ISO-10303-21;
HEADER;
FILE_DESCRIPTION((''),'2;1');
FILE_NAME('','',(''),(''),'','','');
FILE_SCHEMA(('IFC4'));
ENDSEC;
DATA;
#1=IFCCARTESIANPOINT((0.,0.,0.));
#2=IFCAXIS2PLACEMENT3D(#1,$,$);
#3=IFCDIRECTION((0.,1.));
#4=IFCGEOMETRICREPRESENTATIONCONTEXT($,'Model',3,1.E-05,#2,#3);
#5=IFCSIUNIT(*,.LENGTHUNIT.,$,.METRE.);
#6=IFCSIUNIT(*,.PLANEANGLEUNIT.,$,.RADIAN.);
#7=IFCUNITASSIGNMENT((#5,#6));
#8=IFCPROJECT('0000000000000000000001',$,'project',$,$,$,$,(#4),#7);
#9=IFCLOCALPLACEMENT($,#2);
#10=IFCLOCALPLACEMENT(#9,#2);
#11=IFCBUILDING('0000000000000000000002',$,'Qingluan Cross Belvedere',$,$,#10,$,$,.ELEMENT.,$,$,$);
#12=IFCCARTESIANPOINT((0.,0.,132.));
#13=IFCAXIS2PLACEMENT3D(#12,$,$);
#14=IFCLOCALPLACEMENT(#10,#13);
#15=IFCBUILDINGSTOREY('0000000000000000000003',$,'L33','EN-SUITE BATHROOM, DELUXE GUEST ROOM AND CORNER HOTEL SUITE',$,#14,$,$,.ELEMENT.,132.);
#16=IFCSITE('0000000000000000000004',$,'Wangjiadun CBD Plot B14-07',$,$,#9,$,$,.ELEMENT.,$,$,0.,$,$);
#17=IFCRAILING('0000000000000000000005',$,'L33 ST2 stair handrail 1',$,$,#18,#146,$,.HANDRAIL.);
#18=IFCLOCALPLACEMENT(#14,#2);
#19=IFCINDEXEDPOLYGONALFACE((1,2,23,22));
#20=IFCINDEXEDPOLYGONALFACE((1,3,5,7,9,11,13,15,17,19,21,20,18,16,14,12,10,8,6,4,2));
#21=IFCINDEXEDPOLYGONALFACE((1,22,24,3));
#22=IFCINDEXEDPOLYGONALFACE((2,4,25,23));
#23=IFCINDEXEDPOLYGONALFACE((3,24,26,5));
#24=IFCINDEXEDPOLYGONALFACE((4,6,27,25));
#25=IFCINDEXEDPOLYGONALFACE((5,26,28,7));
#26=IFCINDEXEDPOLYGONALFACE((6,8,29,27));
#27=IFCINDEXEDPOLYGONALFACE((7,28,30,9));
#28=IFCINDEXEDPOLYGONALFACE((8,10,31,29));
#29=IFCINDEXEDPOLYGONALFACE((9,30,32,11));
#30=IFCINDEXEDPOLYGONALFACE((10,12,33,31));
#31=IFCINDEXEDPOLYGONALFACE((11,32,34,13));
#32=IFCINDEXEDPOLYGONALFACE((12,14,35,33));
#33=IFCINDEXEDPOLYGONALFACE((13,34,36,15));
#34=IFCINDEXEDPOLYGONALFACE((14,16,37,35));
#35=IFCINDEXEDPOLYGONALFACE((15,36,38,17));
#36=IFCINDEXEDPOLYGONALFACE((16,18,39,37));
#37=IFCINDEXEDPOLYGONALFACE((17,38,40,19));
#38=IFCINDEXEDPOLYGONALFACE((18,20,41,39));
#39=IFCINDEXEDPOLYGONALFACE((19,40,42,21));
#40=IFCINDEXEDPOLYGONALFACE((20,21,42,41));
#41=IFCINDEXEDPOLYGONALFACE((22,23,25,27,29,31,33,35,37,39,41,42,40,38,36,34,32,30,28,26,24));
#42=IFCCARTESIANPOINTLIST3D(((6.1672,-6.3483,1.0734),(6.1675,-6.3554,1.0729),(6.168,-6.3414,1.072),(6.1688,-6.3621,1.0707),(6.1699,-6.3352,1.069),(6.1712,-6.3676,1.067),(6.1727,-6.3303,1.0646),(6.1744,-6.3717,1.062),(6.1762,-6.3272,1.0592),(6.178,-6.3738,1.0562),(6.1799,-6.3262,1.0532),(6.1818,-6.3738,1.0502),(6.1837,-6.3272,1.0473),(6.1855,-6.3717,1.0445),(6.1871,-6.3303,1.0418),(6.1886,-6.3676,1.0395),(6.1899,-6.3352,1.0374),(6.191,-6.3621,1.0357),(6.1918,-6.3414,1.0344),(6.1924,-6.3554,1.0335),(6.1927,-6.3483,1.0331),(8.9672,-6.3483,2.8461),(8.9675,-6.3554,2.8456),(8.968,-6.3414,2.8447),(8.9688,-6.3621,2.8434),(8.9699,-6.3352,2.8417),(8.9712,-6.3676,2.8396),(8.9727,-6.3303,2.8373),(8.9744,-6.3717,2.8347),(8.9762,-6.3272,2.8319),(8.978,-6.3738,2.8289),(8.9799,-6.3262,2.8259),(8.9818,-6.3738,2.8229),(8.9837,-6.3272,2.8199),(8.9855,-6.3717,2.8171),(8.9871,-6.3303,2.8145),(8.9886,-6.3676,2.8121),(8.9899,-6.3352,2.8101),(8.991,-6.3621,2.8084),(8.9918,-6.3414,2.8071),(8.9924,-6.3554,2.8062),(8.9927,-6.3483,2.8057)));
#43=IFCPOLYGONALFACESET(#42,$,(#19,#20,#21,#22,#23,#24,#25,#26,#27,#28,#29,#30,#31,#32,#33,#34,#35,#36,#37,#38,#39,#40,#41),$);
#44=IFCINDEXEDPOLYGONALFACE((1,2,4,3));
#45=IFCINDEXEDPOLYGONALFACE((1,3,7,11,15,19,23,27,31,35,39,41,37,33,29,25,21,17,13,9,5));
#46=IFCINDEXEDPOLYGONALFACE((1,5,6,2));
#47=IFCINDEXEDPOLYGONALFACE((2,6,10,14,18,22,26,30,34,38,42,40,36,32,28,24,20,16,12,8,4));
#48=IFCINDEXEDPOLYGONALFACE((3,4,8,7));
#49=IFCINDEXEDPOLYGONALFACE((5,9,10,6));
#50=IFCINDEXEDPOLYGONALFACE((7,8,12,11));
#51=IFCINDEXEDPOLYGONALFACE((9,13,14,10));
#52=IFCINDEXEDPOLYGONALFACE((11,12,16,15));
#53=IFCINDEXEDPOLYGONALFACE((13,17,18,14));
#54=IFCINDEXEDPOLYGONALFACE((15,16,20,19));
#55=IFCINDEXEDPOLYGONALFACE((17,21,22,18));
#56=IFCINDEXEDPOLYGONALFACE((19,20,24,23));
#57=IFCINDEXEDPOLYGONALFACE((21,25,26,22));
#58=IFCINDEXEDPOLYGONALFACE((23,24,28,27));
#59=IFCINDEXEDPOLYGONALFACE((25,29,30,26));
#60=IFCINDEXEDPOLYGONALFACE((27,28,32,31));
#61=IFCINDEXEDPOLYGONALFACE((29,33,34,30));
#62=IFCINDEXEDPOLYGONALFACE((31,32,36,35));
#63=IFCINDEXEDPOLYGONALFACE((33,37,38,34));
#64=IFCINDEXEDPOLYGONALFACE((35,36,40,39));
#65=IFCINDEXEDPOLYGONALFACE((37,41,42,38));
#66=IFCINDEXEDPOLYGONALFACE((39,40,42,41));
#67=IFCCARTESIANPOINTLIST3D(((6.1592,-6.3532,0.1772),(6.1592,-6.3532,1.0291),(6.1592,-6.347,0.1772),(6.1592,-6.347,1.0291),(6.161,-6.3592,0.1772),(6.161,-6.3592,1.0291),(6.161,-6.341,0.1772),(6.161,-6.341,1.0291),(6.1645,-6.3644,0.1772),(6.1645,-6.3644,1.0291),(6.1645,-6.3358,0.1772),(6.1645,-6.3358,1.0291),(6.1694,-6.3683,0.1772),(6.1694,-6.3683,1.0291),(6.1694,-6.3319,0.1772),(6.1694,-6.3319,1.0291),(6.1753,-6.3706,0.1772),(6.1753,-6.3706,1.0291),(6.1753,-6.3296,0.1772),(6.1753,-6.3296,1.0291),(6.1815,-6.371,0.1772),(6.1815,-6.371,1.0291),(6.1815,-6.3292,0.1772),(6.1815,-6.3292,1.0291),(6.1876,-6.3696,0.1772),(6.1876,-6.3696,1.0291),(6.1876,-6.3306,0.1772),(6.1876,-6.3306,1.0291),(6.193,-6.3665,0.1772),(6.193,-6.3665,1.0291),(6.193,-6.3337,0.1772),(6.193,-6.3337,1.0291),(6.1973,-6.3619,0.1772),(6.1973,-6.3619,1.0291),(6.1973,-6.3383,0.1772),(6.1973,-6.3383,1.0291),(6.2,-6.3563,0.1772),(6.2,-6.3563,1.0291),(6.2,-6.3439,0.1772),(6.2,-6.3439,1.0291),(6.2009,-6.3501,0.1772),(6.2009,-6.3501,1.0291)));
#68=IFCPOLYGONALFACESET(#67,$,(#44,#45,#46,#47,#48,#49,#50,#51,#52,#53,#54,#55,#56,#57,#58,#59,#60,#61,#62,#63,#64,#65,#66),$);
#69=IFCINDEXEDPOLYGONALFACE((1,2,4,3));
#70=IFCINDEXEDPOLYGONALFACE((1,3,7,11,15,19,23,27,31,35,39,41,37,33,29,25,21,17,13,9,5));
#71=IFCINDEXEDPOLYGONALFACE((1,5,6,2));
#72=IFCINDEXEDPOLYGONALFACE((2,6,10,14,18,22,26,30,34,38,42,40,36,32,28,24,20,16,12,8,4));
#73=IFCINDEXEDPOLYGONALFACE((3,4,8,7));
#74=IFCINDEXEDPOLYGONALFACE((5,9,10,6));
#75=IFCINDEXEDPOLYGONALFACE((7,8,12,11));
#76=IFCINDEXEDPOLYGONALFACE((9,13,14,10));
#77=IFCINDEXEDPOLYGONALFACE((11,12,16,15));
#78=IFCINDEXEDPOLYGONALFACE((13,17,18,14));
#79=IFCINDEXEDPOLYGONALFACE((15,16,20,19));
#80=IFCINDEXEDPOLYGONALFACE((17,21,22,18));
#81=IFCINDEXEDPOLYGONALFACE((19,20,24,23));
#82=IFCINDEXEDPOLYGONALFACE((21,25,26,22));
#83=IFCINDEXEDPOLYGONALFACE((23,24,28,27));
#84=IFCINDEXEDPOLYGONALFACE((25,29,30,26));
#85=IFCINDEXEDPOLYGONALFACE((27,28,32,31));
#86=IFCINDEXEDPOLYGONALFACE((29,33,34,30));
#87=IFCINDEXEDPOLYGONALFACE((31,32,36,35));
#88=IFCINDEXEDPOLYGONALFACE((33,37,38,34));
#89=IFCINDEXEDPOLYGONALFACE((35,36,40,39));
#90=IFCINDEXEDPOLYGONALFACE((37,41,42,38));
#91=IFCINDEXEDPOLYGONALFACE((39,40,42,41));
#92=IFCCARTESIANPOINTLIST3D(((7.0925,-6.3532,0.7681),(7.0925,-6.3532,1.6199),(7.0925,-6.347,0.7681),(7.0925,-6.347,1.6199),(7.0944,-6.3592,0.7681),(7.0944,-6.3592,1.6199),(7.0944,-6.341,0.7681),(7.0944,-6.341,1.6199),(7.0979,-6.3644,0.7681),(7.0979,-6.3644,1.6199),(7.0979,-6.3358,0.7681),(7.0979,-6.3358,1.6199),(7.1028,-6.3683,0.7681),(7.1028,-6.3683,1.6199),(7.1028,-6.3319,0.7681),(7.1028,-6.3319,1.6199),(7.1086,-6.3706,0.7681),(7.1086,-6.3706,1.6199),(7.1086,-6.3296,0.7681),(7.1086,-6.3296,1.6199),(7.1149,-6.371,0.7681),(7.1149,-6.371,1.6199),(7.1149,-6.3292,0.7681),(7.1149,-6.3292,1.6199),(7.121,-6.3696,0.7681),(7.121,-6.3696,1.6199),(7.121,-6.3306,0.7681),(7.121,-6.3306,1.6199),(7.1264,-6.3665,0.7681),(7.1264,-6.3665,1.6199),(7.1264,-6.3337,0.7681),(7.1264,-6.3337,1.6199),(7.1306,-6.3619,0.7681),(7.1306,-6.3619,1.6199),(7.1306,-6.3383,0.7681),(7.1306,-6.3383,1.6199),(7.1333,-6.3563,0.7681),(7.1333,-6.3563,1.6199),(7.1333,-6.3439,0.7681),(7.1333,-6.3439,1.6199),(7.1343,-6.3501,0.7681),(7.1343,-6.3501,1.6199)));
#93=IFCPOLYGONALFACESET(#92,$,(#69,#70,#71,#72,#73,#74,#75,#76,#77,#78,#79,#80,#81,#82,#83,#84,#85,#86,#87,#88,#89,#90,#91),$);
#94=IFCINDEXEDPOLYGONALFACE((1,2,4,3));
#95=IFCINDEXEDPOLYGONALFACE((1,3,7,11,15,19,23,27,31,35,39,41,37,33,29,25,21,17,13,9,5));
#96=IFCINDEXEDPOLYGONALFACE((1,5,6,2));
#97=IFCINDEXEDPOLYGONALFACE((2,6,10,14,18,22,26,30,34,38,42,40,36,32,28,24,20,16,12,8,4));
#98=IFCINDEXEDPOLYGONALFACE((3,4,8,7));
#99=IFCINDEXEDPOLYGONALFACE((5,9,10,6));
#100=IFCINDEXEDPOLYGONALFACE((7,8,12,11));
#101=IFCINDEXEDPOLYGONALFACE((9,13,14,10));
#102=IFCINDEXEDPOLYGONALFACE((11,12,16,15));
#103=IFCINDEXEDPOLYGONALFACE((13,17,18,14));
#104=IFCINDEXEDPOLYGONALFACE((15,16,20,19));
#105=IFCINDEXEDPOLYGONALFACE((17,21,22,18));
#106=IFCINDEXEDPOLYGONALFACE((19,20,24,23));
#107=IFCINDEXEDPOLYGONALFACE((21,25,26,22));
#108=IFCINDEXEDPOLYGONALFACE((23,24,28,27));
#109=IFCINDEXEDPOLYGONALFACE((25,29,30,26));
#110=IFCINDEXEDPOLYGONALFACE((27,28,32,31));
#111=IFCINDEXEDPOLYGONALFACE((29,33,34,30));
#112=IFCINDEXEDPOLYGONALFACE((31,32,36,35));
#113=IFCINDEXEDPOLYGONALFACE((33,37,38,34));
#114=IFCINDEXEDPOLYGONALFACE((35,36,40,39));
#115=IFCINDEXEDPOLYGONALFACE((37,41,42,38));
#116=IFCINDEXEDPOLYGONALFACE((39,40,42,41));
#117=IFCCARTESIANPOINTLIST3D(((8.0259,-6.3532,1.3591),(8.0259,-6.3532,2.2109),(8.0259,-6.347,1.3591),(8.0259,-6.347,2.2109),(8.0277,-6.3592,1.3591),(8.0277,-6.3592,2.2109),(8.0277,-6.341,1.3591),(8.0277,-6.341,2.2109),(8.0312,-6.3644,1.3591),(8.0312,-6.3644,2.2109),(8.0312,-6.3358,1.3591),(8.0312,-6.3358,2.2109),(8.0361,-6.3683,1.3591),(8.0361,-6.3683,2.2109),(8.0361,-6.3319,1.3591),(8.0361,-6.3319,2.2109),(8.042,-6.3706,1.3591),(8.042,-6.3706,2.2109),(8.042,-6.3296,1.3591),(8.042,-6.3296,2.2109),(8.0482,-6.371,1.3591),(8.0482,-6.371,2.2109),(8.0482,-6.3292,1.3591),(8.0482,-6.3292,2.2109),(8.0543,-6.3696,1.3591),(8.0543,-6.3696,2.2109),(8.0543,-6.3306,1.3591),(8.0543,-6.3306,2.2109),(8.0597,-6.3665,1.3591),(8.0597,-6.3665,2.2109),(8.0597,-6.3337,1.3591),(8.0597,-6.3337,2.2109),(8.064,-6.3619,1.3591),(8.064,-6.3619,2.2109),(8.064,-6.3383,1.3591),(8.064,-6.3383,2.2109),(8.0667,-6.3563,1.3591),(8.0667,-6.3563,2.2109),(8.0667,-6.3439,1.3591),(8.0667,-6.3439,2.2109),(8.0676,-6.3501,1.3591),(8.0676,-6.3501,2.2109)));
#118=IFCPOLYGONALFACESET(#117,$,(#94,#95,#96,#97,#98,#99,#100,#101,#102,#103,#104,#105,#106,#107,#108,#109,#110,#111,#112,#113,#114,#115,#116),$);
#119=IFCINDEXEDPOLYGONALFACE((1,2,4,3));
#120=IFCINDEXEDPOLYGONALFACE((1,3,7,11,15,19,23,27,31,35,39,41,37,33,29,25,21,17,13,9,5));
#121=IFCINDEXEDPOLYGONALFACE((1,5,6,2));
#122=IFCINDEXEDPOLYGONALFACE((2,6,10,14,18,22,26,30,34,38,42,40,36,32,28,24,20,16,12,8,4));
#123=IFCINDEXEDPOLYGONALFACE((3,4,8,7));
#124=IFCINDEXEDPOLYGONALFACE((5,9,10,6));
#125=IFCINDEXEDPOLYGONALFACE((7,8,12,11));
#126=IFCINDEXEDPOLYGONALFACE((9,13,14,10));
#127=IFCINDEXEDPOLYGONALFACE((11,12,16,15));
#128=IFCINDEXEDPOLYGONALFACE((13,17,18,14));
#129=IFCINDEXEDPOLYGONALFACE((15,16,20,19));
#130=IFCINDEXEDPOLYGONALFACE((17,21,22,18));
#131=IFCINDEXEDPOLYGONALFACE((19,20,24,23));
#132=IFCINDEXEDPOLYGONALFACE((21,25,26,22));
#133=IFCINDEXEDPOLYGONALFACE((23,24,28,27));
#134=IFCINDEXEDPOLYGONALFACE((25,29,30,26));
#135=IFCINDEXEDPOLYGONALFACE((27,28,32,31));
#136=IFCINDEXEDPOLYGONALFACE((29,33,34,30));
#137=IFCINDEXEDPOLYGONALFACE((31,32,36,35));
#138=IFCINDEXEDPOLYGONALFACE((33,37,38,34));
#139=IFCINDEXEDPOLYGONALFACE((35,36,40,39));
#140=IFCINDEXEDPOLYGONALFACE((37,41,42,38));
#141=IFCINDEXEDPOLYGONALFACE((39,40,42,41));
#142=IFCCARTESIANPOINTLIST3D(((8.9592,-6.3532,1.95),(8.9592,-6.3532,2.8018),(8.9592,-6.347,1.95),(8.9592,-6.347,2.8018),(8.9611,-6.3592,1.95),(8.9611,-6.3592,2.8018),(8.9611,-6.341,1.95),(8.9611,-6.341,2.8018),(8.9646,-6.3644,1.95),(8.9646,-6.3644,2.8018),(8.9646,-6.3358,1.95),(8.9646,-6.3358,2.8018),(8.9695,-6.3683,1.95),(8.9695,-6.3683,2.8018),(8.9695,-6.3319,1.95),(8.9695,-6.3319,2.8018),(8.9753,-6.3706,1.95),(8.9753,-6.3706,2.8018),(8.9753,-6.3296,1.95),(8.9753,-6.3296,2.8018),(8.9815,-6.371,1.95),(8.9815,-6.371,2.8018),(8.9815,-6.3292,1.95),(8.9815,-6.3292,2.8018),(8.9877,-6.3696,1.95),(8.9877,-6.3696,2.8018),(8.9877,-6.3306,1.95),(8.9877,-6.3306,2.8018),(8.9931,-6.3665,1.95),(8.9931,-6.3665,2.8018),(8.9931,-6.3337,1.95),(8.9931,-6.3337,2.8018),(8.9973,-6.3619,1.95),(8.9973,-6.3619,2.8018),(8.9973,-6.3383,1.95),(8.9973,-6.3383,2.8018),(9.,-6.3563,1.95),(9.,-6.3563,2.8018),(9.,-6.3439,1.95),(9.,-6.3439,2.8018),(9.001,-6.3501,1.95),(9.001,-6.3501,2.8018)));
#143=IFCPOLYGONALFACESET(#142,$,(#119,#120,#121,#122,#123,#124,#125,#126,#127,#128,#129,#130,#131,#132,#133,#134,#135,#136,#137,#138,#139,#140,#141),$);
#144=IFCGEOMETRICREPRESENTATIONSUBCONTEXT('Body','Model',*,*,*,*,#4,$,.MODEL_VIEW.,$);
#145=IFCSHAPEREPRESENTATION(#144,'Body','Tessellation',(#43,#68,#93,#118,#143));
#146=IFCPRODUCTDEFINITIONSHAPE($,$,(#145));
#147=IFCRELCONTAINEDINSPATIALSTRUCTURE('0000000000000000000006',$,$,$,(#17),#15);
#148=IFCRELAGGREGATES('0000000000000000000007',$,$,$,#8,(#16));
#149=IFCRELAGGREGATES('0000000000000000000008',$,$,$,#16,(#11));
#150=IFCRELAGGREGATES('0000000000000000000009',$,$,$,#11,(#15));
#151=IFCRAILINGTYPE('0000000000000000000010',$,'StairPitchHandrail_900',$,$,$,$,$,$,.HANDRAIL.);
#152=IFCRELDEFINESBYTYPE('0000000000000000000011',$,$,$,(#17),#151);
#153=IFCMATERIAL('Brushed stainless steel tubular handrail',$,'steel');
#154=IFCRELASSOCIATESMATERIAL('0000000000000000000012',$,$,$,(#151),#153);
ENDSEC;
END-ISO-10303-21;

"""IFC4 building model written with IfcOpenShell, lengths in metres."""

from ifc_helpers import new_model, si_unit, direction, frame, origin, origin_2d, place, context, subcontext, project, spatial, circle, extrude, material, type_object, element, save


model = new_model("IFC4")

# Units and contexts
model_context = context("Model", 3, precision=1e-05, world=origin(), true_north=direction((0.0, 1.0)))
body_context = subcontext(model_context, "Body", "Model", "MODEL_VIEW")
ifc_project = project(units=[si_unit("LENGTHUNIT", "METRE"), si_unit("PLANEANGLEUNIT", "RADIAN")], contexts=[model_context])

# Site, building, storey
site_placement = place(None, origin())
site = spatial("IfcSite", under=ifc_project, at=site_placement, Name="Wangjiadun CBD Plot B14-07", CompositionType="ELEMENT", RefElevation=0.0)
building_placement = place(site_placement, origin())
building = spatial("IfcBuilding", under=site, at=building_placement, Name="Qingluan Cross Belvedere", CompositionType="ELEMENT")
storey_placement = place(building_placement, frame((0.0, 0.0, 132.0)))
storey = spatial("IfcBuildingStorey", under=building, at=storey_placement, Name="L33", Description="EN-SUITE BATHROOM, DELUXE GUEST ROOM AND CORNER HOTEL SUITE", CompositionType="ELEMENT", Elevation=132.0)

# Railing
ifc_material_1 = material(Name="Brushed stainless steel tubular handrail", Category="steel")
railing_type_1 = type_object("IfcRailingType", Name="StairPitchHandrail_900", PredefinedType="HANDRAIL", material=ifc_material_1)
railing_1_placement = place(storey_placement, frame((6.1799, -6.3501, 0.1772)))
element("IfcRailing", 1, at=railing_1_placement, inside=storey, type_object=railing_type_1, Name="L33 ST2 stair handrail 1", PredefinedType="HANDRAIL", context=body_context, shape_type="SweptSolid", body=[
    extrude(circle(Radius=0.0239, at=origin_2d()), frame((0.0, 0.0, 0.876), z_axis=(0.844909, 0.0, 0.53491), x_axis=(0.0, 1.0, 0.0)), (0.0, 0.0, 1.0), 3.314),
    extrude(circle(Radius=0.021, at=origin_2d()), origin(), (0.0, 0.0, 1.0), 0.8518),
    extrude(circle(Radius=0.021, at=origin_2d()), frame((0.9333, 0.0, 0.5908)), (0.0, 0.0, 1.0), 0.8518),
    extrude(circle(Radius=0.021, at=origin_2d()), frame((1.8667, 0.0, 1.1819)), (0.0, 0.0, 1.0), 0.8518),
    extrude(circle(Radius=0.021, at=origin_2d()), frame((2.8, 0.0, 1.7727)), (0.0, 0.0, 1.0), 0.8518),
])

save(model, "model.ifc")
